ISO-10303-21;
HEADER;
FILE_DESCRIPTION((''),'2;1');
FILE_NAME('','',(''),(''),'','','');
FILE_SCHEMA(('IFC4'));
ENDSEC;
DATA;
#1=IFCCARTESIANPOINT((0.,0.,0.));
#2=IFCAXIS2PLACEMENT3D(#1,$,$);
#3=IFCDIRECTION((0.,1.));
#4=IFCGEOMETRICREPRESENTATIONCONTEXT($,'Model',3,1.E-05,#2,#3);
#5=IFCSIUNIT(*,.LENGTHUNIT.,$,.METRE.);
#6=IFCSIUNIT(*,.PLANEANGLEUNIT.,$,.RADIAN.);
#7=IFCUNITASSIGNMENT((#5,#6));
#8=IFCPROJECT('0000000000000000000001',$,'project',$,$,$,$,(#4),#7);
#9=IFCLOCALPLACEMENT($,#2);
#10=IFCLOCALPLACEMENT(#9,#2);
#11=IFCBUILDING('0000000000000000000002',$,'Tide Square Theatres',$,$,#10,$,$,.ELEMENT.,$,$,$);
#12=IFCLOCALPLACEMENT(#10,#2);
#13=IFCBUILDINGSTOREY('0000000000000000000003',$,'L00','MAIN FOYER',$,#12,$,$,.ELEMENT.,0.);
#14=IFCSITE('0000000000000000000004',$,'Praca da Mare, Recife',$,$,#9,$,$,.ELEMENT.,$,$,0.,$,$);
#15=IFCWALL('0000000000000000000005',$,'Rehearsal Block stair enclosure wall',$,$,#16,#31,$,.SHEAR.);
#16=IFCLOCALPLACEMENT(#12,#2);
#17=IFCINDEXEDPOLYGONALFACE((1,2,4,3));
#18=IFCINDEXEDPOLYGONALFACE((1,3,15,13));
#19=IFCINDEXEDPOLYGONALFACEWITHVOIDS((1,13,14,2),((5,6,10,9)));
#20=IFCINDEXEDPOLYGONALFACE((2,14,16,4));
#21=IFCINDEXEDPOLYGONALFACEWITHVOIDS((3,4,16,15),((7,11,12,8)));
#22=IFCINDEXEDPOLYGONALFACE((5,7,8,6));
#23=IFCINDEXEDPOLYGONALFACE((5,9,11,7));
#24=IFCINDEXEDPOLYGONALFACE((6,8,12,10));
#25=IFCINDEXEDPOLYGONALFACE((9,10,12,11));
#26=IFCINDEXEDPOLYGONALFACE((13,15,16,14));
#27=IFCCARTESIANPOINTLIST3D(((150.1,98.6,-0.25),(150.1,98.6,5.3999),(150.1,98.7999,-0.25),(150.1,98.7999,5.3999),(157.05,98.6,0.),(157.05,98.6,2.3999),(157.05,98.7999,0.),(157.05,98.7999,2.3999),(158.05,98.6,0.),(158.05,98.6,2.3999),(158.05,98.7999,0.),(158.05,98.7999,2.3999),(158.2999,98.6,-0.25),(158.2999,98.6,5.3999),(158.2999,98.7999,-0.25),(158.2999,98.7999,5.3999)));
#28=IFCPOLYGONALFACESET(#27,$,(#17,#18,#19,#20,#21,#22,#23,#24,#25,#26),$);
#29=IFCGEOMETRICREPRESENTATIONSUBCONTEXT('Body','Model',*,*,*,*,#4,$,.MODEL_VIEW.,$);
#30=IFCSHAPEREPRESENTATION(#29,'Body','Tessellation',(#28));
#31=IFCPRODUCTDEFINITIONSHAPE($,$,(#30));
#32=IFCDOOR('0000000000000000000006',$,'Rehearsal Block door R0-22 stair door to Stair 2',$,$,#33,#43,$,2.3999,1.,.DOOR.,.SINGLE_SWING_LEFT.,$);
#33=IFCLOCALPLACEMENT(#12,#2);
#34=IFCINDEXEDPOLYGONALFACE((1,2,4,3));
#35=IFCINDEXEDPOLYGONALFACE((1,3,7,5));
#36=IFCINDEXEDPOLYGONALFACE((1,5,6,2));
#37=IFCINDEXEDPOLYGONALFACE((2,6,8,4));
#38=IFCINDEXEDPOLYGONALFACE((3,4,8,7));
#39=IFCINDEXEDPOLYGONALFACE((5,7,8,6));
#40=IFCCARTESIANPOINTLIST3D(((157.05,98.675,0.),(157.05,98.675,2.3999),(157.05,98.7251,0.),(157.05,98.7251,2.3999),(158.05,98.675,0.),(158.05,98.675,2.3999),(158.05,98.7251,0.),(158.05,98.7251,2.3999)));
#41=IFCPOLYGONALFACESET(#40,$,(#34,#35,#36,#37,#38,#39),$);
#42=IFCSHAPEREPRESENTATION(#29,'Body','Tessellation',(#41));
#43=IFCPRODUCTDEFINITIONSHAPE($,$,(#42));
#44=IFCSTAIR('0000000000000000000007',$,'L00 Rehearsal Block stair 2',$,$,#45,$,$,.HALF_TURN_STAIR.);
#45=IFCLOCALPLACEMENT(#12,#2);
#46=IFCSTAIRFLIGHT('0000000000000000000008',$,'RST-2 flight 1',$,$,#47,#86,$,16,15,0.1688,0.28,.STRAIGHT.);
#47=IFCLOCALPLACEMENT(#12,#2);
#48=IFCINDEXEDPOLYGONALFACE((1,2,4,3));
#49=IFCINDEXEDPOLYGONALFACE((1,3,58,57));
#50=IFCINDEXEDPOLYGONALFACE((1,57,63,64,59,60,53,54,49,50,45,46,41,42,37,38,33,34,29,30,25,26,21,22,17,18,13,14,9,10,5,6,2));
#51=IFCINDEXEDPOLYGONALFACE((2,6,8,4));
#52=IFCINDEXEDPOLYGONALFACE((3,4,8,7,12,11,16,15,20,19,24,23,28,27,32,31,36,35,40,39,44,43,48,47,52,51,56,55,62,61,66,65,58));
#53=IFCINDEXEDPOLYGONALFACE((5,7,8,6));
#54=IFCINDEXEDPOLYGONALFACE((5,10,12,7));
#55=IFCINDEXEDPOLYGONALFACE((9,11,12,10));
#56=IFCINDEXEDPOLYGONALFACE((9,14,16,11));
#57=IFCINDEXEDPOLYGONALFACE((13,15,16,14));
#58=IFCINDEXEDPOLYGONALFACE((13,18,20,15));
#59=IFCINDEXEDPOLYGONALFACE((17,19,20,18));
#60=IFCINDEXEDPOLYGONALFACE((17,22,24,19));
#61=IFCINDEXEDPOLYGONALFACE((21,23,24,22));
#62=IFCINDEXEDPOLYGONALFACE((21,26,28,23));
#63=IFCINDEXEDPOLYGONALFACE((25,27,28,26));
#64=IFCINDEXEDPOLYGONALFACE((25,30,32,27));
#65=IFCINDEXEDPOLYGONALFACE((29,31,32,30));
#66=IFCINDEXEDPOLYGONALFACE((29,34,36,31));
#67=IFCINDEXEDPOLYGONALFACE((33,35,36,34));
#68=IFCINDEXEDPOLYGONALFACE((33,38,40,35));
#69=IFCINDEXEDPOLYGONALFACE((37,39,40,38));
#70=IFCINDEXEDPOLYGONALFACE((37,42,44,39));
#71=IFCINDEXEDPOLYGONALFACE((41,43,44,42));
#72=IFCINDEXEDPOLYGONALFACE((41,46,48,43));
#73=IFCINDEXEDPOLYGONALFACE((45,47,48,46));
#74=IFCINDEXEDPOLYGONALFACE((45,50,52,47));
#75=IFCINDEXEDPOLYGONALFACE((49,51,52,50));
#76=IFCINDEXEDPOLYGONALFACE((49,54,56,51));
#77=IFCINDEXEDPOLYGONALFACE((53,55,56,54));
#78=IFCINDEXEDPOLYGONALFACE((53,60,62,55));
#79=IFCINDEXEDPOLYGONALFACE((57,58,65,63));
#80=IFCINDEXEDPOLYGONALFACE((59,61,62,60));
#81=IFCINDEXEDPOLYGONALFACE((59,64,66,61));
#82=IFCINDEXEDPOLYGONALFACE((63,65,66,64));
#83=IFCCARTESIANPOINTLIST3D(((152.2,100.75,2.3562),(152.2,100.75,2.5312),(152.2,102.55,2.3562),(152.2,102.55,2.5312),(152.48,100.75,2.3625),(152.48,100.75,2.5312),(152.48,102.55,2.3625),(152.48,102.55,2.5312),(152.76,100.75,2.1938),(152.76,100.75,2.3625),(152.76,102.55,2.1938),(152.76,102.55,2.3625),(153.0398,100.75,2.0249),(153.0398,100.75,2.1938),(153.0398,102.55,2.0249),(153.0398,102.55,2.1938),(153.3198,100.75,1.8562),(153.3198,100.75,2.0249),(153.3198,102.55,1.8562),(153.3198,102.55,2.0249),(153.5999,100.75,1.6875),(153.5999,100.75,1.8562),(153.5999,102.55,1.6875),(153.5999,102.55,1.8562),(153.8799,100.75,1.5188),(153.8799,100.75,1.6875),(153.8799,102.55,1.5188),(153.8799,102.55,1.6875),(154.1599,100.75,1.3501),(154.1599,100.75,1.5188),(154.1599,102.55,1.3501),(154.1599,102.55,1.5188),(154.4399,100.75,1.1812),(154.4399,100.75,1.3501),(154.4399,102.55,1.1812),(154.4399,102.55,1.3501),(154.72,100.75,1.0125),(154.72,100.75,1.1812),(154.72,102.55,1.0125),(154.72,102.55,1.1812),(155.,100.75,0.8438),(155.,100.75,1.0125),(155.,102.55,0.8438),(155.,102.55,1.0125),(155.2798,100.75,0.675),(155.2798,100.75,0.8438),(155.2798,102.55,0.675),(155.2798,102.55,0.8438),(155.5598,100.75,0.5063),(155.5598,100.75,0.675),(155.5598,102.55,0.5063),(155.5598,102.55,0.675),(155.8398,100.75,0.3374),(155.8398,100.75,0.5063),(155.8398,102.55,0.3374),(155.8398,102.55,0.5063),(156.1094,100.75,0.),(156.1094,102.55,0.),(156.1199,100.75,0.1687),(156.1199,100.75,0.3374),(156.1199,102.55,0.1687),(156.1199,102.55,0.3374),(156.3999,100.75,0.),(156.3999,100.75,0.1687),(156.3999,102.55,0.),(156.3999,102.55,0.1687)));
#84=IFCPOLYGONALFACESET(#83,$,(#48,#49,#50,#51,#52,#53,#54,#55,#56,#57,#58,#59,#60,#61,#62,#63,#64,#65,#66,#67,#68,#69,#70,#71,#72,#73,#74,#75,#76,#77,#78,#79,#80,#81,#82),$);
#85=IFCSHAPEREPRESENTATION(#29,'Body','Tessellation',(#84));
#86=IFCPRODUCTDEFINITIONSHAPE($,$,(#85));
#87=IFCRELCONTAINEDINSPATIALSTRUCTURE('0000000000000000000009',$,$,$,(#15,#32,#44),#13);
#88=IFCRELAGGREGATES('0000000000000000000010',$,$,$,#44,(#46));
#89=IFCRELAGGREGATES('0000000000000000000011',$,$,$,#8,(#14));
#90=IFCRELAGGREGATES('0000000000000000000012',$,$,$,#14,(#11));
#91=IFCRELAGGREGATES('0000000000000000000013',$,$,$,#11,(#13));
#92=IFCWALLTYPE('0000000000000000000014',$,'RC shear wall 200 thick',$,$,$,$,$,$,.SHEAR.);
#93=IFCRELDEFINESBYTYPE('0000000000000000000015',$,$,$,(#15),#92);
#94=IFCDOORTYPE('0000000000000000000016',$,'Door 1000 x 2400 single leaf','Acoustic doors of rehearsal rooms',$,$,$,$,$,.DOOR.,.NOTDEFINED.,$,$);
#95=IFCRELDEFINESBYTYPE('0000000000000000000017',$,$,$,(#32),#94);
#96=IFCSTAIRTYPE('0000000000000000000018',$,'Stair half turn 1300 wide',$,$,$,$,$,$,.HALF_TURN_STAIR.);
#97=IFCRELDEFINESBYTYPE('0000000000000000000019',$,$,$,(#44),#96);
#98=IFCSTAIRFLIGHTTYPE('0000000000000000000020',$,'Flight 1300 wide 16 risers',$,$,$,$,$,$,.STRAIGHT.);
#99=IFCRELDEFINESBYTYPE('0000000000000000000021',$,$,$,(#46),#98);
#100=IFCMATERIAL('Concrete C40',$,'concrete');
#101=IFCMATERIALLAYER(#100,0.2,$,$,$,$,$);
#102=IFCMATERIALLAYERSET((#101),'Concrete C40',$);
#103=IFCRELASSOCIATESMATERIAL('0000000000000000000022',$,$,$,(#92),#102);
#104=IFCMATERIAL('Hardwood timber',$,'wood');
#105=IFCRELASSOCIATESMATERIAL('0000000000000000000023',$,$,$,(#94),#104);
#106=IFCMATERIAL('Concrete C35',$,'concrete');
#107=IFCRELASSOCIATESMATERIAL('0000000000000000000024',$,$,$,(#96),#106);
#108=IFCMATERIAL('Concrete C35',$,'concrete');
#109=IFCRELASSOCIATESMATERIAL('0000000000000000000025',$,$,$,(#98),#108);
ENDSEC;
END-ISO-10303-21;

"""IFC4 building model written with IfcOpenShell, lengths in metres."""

from ifc_helpers import new_model, si_unit, direction, frame, frame_2d, origin, place, context, subcontext, project, spatial, polyline, rectangle, outline, extrude, material, layer, layer_set, type_object, element, fill, aggregate, save


model = new_model("IFC4")

# Units and contexts
model_context = context("Model", 3, precision=1e-05, world=origin(), true_north=direction((0.0, 1.0)))
body_context = subcontext(model_context, "Body", "Model", "MODEL_VIEW")
ifc_project = project(units=[si_unit("LENGTHUNIT", "METRE"), si_unit("PLANEANGLEUNIT", "RADIAN")], contexts=[model_context])

# Site, building, storey
site_placement = place(None, origin())
site = spatial("IfcSite", under=ifc_project, at=site_placement, Name="Praca da Mare, Recife", CompositionType="ELEMENT", RefElevation=0.0)
building_placement = place(site_placement, origin())
building = spatial("IfcBuilding", under=site, at=building_placement, Name="Tide Square Theatres", CompositionType="ELEMENT")
storey_placement = place(building_placement, origin())
storey = spatial("IfcBuildingStorey", under=building, at=storey_placement, Name="L00", Description="MAIN FOYER", CompositionType="ELEMENT", Elevation=0.0)

# Shared definitions
ifc_material_1 = material(Name="Concrete C40", Category="concrete")
ifc_layer_1 = layer(ifc_material_1, 0.2)
ifc_layer_set_1 = layer_set([ifc_layer_1], Name="Concrete C40")
wall_type_1 = type_object("IfcWallType", Name="RC shear wall 200 thick", PredefinedType="SHEAR", material=ifc_layer_set_1)

# Wall, opening, door
wall_1_placement = place(storey_placement, frame((158.3, 98.7, -0.25), z_axis=(0.0, 0.0, 1.0), x_axis=(-1.0, 0.0, 0.0)))
wall_1 = element("IfcWall", 1, at=wall_1_placement, inside=storey, type_object=wall_type_1, Name="Rehearsal Block stair enclosure wall", PredefinedType="SHEAR", context=body_context, shape_type="SweptSolid", body=[
    extrude(rectangle(XDim=8.2, YDim=0.2, at=frame_2d((4.1001, 0.0))), origin(), (0.0, 0.0, 1.0), 5.6499),
])
opening_1_placement = place(wall_1_placement, frame((0.25, 0.0, 0.25)))
opening_1 = element("IfcOpeningElement", 2, at=opening_1_placement, cuts=wall_1, PredefinedType="OPENING", context=body_context, shape_type="SweptSolid", body=[
    extrude(rectangle(XDim=1.0, YDim=2.3999, at=frame_2d((0.5, 1.2))), frame((0.0, 0.1099, 0.0), z_axis=(0.0, -1.0, 0.0), x_axis=(1.0, 0.0, 0.0)), (0.0, 0.0, 1.0), 0.22),
])
ifc_material_2 = material(Name="Hardwood timber", Category="wood")
door_type = type_object("IfcDoorType", Name="Door 1000 x 2400 single leaf", Description="Acoustic doors of rehearsal rooms", OperationType="NOTDEFINED", PredefinedType="DOOR", material=ifc_material_2)
door_placement = place(opening_1_placement, origin())
door = element("IfcDoor", 3, at=door_placement, inside=storey, type_object=door_type, Name="Rehearsal Block door R0-22 stair door to Stair 2", OperationType="SINGLE_SWING_LEFT", OverallHeight=2.3999, OverallWidth=1.0, PredefinedType="DOOR", context=body_context, shape_type="SweptSolid", body=[
    extrude(rectangle(XDim=1.0, YDim=2.3999, at=frame_2d((0.5, 1.2))), frame((0.0, 0.0249, 0.0), z_axis=(0.0, -1.0, 0.0), x_axis=(1.0, 0.0, 0.0)), (0.0, 0.0, 1.0), 0.05),
])
fill(opening_1, door)

# Stair, stair flight
ifc_material_3 = material(Name="Concrete C35", Category="concrete")
stair_type = type_object("IfcStairType", Name="Stair half turn 1300 wide", PredefinedType="HALF_TURN_STAIR", material=ifc_material_3)
stair_placement = place(storey_placement, origin())
stair = element("IfcStair", 4, at=stair_placement, inside=storey, type_object=stair_type, Name="L00 Rehearsal Block stair 2", PredefinedType="HALF_TURN_STAIR")
ifc_material_4 = material(Name="Concrete C35", Category="concrete")
stair_flight_type = type_object("IfcStairFlightType", Name="Flight 1300 wide 16 risers", PredefinedType="STRAIGHT", material=ifc_material_4)
stair_flight_placement = place(storey_placement, frame((156.3999, 101.6499, 0.0), z_axis=(0.0, 0.0, 1.0), x_axis=(-1.0, 0.0, 0.0)))
stair_flight = element("IfcStairFlight", 5, at=stair_flight_placement, type_object=stair_flight_type, Name="RST-2 flight 1", NumberOfRisers=16, NumberOfTreads=15, PredefinedType="STRAIGHT", RiserHeight=0.1688, TreadLength=0.28, context=body_context, shape_type="SweptSolid", body=[
    extrude(outline(polyline([(0.0, 0.0), (0.0, 0.1687), (0.28, 0.1687), (0.28, 0.3374), (0.5601, 0.3374), (0.5601, 0.5063), (0.8401, 0.5063), (0.8401, 0.675), (1.1201, 0.675), (1.1201, 0.8438), (1.3999, 0.8438), (1.3999, 1.0125), (1.6799, 1.0125), (1.6799, 1.1812), (1.96, 1.1812), (1.96, 1.3501), (2.24, 1.3501), (2.24, 1.5188), (2.52, 1.5188), (2.52, 1.6875), (2.8, 1.6875), (2.8, 1.8562), (3.0801, 1.8562), (3.0801, 2.0249), (3.3601, 2.0249), (3.3601, 2.1938), (3.6399, 2.1938), (3.6399, 2.3625), (3.9199, 2.3625), (3.9199, 2.5312), (4.2, 2.5312), (4.2, 2.7), (4.2, 2.3562), (0.2905, 0.0), (0.0, 0.0)])), frame((0.0, 0.8999, 0.0), z_axis=(0.0, -1.0, 0.0), x_axis=(1.0, 0.0, 0.0)), (0.0, 0.0, 1.0), 1.8),
])
aggregate(stair, [stair_flight])

save(model, "model.ifc")
